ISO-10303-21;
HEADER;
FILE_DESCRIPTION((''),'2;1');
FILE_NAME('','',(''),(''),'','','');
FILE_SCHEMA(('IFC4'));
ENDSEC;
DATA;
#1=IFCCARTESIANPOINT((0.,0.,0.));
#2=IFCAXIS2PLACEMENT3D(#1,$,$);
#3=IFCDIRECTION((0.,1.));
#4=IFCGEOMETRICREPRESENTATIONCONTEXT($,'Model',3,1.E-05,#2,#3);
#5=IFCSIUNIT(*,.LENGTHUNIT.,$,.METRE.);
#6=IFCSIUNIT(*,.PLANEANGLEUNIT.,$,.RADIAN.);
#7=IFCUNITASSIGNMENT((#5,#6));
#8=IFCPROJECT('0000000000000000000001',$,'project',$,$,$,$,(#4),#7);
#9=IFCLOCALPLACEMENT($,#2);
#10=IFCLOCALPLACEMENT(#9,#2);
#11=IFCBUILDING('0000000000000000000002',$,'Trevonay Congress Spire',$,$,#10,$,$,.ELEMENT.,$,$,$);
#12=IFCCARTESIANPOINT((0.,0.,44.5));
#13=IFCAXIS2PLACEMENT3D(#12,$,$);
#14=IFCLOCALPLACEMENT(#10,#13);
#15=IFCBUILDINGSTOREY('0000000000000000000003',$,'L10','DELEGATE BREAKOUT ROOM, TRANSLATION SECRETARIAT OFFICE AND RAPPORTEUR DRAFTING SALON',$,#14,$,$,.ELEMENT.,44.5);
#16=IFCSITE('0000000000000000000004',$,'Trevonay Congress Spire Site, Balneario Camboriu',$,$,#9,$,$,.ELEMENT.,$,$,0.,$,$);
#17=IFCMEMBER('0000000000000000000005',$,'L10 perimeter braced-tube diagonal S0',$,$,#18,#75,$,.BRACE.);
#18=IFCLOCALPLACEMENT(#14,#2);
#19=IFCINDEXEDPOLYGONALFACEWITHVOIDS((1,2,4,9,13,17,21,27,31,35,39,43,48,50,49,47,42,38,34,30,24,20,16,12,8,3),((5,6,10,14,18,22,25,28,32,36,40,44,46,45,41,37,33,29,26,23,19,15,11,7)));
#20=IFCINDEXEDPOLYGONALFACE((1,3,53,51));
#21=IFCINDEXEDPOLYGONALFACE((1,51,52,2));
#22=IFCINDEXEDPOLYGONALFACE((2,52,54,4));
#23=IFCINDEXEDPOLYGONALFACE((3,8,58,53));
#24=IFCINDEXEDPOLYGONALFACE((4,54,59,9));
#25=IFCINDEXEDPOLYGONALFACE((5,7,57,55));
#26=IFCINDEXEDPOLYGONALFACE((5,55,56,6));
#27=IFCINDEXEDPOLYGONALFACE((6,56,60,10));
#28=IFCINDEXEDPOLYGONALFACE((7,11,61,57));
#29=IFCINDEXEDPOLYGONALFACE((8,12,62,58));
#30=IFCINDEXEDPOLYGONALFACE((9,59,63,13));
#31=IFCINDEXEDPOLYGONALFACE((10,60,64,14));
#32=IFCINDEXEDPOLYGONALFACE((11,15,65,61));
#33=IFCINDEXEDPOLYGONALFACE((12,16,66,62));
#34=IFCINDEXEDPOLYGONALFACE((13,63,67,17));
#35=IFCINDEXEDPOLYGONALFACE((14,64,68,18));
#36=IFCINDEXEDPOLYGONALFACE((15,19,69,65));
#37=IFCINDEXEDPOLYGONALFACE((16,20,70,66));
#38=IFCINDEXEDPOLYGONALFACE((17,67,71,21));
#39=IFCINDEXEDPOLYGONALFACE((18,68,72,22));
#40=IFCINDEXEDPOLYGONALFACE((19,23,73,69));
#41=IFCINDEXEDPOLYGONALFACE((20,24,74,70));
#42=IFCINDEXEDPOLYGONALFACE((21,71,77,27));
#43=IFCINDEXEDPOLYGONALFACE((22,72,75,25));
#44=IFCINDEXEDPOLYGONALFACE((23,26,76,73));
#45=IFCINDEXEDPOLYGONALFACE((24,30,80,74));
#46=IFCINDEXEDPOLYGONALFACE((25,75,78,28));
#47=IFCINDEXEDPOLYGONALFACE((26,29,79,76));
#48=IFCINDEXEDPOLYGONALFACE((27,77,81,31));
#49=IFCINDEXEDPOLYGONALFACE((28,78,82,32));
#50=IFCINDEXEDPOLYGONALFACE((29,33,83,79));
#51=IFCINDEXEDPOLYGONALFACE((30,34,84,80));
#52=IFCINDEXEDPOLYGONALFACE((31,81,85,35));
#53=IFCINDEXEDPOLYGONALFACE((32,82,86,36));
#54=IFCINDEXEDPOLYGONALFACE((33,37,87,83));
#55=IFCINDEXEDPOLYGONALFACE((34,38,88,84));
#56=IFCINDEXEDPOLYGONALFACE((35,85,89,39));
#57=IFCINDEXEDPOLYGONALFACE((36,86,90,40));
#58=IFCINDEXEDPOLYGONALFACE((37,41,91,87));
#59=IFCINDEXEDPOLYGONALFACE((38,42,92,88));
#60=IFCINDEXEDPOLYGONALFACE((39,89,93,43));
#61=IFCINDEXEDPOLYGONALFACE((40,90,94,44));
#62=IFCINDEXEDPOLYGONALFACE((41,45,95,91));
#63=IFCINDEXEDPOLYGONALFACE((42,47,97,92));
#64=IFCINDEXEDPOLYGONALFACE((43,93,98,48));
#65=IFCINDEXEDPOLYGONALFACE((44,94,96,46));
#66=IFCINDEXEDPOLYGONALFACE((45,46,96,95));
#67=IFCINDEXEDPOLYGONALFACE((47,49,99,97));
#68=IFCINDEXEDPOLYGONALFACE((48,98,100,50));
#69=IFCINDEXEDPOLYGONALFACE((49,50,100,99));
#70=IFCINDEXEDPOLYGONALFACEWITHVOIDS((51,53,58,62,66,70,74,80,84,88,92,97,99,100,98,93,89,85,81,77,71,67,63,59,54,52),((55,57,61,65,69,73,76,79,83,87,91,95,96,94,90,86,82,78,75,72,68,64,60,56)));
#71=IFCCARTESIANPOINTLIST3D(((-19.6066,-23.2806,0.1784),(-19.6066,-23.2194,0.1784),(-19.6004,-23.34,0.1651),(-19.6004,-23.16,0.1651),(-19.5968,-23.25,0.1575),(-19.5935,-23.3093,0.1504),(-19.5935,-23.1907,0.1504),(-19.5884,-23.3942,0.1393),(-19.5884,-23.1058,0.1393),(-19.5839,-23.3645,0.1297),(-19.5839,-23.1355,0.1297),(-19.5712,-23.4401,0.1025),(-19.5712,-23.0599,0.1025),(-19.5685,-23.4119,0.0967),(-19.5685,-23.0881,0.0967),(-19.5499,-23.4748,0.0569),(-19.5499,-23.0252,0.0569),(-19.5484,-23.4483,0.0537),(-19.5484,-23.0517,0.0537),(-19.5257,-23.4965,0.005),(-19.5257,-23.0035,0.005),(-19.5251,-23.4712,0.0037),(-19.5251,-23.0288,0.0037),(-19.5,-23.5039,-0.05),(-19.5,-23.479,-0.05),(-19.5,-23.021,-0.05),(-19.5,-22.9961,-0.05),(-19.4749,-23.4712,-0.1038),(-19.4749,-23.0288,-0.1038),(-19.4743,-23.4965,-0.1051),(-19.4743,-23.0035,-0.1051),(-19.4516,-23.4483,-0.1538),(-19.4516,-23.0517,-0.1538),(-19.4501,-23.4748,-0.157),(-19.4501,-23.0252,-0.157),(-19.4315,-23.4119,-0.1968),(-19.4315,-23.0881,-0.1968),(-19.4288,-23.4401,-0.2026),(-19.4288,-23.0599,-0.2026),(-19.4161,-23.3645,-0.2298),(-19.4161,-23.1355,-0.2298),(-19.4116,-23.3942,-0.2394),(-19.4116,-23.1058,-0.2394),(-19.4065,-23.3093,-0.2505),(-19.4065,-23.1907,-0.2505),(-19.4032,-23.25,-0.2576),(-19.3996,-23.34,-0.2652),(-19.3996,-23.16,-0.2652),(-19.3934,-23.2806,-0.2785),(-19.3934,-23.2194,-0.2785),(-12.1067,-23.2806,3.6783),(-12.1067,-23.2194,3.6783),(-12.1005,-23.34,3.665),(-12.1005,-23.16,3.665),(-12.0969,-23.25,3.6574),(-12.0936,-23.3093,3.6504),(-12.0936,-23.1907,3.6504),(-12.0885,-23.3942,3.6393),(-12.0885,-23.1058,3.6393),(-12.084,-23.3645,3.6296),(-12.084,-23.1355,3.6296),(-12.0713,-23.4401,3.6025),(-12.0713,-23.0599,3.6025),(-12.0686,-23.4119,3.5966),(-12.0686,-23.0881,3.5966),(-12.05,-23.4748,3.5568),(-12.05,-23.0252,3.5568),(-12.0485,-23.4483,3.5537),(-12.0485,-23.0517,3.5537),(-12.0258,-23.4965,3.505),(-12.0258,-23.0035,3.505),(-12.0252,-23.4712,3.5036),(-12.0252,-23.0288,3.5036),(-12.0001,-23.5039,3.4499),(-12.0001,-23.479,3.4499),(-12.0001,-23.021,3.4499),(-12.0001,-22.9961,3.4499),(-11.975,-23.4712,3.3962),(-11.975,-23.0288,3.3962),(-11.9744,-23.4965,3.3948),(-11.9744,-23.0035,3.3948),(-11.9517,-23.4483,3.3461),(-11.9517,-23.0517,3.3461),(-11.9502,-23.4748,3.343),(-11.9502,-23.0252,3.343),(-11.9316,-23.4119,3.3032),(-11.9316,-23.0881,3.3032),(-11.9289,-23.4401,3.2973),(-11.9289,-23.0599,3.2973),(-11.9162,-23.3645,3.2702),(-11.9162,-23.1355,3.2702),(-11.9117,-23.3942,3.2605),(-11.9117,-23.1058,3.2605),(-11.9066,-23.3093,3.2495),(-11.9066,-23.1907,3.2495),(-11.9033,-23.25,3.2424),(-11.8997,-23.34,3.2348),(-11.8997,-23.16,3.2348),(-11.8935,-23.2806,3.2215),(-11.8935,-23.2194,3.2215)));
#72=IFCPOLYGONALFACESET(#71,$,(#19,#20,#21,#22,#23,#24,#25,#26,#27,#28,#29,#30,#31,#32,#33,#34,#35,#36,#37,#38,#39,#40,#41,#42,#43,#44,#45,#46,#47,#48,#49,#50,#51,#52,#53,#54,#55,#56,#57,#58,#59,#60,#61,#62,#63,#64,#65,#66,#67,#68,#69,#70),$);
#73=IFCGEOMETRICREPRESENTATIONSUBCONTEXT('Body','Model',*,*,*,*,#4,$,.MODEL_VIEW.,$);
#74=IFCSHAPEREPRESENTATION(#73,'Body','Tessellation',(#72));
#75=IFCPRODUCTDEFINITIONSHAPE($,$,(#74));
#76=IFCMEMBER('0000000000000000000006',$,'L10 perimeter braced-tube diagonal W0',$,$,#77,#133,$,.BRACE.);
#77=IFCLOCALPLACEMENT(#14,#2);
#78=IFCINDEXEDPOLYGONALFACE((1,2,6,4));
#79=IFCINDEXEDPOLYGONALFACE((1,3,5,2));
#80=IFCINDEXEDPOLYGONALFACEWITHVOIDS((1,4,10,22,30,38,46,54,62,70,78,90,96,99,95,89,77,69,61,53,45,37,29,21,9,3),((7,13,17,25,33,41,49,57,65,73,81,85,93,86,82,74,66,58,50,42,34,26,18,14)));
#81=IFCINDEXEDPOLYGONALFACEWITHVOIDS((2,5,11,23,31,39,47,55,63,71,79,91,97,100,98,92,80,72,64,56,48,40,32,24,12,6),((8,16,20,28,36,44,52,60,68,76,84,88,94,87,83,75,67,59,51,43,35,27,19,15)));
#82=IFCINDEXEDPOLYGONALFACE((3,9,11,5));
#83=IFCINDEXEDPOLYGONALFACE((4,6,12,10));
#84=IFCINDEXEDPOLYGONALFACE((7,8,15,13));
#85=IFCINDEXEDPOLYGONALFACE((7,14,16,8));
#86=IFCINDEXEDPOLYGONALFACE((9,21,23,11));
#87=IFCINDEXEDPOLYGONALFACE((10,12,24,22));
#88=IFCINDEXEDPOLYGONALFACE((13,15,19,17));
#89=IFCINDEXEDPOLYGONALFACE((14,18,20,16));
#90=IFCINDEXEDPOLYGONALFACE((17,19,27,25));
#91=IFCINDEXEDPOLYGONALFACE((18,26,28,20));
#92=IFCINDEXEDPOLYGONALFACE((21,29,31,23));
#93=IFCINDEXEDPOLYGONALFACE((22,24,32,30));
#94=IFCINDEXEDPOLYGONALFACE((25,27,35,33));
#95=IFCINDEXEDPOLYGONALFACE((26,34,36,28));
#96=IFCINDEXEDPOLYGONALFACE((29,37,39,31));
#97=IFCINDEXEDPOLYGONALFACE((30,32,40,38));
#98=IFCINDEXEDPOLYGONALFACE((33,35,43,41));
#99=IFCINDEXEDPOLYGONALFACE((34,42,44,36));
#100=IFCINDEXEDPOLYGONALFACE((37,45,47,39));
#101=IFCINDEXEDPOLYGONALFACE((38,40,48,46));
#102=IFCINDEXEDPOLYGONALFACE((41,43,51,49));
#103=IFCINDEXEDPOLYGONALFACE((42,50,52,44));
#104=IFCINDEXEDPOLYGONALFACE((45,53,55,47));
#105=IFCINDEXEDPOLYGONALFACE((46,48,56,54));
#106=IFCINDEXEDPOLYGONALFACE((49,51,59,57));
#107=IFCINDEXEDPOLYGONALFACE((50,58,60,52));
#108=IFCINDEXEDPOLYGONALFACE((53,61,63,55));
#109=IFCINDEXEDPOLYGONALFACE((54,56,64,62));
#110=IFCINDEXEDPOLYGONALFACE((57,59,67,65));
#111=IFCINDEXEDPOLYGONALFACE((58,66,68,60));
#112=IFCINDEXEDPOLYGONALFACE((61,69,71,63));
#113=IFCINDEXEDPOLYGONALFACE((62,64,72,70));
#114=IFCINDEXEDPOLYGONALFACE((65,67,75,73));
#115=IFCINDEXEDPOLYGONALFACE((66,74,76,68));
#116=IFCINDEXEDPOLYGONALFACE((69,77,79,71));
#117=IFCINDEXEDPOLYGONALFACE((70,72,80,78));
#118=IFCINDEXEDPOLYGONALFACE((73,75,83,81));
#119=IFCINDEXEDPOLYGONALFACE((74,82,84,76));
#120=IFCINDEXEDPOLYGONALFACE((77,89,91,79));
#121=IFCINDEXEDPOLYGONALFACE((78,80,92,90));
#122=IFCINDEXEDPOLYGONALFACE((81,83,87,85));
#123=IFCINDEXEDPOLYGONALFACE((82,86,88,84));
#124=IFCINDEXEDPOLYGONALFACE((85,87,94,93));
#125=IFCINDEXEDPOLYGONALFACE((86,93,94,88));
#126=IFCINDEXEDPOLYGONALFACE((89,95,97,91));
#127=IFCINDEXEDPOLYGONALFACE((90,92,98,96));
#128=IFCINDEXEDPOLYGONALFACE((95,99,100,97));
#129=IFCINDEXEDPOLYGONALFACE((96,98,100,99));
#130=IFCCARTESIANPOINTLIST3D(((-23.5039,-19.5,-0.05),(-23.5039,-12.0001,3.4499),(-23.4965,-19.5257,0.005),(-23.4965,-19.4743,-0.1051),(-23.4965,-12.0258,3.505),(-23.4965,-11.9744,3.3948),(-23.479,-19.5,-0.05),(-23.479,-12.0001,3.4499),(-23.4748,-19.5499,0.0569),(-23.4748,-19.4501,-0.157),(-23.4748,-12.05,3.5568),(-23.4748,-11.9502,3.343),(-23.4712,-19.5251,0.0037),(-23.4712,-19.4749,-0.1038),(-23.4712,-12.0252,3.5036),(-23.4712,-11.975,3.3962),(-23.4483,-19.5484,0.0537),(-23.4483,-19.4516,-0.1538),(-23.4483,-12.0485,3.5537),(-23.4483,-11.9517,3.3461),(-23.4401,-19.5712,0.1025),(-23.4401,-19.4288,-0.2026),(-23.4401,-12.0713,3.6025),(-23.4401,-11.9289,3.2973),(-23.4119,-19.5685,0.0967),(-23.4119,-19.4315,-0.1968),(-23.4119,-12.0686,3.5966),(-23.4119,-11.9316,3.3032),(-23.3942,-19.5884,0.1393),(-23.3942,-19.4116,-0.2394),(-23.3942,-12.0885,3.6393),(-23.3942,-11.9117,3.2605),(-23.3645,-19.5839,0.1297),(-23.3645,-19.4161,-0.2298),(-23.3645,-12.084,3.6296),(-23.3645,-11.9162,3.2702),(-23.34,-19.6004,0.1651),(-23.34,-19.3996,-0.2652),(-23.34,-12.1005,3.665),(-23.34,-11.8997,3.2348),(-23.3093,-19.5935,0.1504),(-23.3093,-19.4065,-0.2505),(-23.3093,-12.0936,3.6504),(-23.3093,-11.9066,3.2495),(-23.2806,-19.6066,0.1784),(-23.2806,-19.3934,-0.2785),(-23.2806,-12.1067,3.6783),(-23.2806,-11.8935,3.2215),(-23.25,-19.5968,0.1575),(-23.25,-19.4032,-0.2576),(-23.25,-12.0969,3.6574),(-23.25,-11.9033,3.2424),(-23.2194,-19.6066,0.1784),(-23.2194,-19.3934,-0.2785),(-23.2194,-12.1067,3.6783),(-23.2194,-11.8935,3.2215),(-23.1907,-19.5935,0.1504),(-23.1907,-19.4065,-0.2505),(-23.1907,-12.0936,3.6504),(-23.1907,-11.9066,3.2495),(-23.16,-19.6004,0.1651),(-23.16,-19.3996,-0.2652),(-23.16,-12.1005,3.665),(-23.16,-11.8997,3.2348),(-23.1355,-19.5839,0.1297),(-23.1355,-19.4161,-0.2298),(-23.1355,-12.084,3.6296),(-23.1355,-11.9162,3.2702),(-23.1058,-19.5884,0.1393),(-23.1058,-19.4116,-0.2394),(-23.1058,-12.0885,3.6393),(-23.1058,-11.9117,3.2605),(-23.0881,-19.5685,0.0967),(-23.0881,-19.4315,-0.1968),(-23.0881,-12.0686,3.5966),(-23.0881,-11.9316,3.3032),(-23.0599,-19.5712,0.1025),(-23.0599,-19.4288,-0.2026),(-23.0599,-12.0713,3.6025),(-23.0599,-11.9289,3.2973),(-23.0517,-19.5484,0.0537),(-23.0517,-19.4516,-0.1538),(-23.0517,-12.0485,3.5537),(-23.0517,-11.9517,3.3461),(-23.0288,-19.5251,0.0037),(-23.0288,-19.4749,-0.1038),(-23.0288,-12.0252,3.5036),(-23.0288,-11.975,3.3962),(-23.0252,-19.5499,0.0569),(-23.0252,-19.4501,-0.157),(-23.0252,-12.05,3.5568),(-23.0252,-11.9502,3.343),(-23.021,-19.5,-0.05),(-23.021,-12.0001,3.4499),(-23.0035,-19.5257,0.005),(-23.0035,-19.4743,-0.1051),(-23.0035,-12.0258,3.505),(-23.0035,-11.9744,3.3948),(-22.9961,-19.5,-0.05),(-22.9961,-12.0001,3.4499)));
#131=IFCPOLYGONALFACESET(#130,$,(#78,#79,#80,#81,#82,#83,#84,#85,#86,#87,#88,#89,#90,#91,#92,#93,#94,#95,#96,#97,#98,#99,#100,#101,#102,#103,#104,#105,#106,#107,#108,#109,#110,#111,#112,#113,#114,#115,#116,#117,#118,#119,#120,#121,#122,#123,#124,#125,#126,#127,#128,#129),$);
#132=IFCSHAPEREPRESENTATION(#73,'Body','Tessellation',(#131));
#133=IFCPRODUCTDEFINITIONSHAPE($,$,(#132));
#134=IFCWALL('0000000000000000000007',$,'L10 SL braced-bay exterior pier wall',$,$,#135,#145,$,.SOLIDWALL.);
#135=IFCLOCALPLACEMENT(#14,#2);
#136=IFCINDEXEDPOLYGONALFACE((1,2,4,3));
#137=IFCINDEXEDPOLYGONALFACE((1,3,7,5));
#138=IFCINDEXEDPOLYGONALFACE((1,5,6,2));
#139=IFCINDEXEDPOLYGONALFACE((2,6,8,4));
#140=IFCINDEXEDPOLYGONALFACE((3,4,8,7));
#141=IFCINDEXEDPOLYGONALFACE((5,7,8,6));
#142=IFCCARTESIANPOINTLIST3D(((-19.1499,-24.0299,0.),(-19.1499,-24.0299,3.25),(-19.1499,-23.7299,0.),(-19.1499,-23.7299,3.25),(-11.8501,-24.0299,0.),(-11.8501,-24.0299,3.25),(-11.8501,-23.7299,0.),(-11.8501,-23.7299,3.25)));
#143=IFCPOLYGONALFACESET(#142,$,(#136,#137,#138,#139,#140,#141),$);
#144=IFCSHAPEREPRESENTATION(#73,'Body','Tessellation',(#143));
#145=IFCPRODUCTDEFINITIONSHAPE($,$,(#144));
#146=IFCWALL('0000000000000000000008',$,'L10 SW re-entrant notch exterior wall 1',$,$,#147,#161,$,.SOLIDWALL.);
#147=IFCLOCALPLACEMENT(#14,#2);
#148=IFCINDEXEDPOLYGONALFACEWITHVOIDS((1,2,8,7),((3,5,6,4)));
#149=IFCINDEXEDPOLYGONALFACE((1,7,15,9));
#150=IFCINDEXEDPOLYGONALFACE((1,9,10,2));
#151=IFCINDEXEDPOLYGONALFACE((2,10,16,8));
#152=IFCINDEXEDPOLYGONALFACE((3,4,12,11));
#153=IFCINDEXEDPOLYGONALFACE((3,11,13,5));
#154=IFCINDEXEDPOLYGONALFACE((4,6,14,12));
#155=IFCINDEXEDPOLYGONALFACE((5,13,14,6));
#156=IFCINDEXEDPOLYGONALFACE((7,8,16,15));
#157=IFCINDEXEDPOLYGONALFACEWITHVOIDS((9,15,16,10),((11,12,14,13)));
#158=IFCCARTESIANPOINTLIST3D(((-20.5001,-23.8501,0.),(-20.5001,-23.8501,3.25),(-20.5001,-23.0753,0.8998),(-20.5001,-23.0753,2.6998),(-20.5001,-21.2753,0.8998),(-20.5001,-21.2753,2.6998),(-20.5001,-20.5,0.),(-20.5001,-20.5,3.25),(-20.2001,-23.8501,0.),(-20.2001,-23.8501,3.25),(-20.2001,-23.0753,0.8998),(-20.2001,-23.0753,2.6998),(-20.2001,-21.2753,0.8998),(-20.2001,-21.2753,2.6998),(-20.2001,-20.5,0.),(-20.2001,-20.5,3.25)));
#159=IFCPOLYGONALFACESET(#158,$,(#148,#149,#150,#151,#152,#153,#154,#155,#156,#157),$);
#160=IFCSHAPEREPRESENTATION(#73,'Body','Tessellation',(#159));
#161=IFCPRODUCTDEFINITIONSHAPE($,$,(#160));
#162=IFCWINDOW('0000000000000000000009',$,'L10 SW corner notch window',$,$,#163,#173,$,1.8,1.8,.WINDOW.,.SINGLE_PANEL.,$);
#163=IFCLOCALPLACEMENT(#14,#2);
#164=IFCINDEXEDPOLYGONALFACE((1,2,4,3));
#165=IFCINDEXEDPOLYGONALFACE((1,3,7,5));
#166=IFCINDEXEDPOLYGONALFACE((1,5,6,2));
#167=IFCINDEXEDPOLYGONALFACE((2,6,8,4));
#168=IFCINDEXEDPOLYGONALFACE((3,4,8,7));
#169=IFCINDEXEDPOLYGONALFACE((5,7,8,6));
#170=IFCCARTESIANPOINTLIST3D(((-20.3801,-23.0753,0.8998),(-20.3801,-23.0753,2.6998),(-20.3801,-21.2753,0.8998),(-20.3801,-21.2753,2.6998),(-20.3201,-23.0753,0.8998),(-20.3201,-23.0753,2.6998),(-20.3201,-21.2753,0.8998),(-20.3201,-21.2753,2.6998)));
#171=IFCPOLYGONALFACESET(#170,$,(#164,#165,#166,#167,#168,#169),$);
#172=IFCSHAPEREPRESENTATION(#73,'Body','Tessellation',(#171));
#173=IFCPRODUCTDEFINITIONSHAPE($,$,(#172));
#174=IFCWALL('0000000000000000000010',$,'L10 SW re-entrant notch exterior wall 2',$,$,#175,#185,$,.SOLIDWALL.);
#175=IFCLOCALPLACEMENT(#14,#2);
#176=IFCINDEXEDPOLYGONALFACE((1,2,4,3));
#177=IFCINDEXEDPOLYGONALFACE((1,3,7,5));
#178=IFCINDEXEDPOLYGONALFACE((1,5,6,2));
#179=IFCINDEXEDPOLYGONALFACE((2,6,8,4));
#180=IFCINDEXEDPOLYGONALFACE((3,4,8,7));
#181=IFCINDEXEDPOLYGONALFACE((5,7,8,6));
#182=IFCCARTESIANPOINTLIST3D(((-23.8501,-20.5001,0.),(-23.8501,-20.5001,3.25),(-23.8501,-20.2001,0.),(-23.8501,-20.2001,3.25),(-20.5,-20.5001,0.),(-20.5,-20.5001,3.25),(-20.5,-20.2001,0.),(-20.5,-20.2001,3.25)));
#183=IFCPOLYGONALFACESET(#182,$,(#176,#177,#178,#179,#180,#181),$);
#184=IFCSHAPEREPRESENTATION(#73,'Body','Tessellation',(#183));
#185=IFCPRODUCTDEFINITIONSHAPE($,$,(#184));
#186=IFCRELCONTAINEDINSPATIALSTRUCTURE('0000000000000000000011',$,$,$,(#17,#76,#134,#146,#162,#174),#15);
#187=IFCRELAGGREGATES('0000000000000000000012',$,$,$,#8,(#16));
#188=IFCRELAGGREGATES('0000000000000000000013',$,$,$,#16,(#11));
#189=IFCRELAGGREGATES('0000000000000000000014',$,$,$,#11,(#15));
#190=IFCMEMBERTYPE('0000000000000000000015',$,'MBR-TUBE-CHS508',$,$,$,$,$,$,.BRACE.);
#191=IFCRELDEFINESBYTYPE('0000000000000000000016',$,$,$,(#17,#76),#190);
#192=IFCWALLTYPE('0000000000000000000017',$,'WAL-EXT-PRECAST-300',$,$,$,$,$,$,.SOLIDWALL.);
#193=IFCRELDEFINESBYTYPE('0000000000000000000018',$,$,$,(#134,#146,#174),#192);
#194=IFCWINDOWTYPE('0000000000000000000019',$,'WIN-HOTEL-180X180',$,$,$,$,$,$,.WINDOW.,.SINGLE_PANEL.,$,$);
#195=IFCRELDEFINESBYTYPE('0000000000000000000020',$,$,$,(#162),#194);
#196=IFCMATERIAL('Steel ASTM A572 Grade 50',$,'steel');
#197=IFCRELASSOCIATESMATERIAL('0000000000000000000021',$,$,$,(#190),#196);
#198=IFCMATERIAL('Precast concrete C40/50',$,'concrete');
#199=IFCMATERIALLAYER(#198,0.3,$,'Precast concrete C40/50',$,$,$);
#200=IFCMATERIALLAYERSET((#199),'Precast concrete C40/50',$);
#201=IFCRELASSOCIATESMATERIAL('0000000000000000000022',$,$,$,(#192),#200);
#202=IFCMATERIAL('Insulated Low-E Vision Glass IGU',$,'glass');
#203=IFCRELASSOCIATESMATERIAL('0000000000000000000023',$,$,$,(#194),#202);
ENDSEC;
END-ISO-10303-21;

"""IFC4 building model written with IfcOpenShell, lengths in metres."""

from ifc_helpers import new_model, si_unit, direction, frame, frame_2d, origin, origin_2d, place, context, subcontext, project, spatial, rectangle, hollow_circle, extrude, material, layer, layer_set, material_profile, profile_set, type_object, element, fill, save


model = new_model("IFC4")

# Units and contexts
model_context = context("Model", 3, precision=1e-05, world=origin(), true_north=direction((0.0, 1.0)))
body_context = subcontext(model_context, "Body", "Model", "MODEL_VIEW")
ifc_project = project(units=[si_unit("LENGTHUNIT", "METRE"), si_unit("PLANEANGLEUNIT", "RADIAN")], contexts=[model_context])

# Site, building, storey
site_placement = place(None, origin())
site = spatial("IfcSite", under=ifc_project, at=site_placement, Name="Trevonay Congress Spire Site, Balneario Camboriu", CompositionType="ELEMENT", RefElevation=0.0)
building_placement = place(site_placement, origin())
building = spatial("IfcBuilding", under=site, at=building_placement, Name="Trevonay Congress Spire", CompositionType="ELEMENT")
storey_placement = place(building_placement, frame((0.0, 0.0, 44.5)))
storey = spatial("IfcBuildingStorey", under=building, at=storey_placement, Name="L10", Description="DELEGATE BREAKOUT ROOM, TRANSLATION SECRETARIAT OFFICE AND RAPPORTEUR DRAFTING SALON", CompositionType="ELEMENT", Elevation=44.5)

# Shared definitions
ifc_material_1 = material(Name="Steel ASTM A572 Grade 50", Category="steel")

# Members
ifc_material_profile_1 = material_profile(ifc_material_1, hollow_circle(Radius=0.2539, WallThickness=0.0249, at=origin_2d()), Name="CHS 508x25")
ifc_profile_set_1 = profile_set([ifc_material_profile_1], Name="Steel ASTM A572 Grade 50")
member_type_1 = type_object("IfcMemberType", Name="MBR-TUBE-CHS508", PredefinedType="BRACE", material=ifc_profile_set_1)
for number, where, z_axis, x_axis, name in (
    (1, (-19.5, -23.25, -0.05), (0.906183, 0.0, 0.422885), (0.0, 1.0, 0.0), "L10 perimeter braced-tube diagonal S0"),
    (2, (-23.25, -19.5, -0.05), (0.0, 0.906183, 0.422885), (-1.0, 0.0, 0.0), "L10 perimeter braced-tube diagonal W0"),
):
    element("IfcMember", number, at=place(storey_placement, frame(where, z_axis=z_axis, x_axis=x_axis)), inside=storey, type_object=member_type_1, Name=name, PredefinedType="BRACE", context=body_context, shape_type="SweptSolid", body=[
        extrude(hollow_circle(Radius=0.2539, WallThickness=0.0249, at=origin_2d()), origin(), (0.0, 0.0, 1.0), 8.2764),
    ])

# Wall
ifc_material_2 = material(Name="Precast concrete C40/50", Category="concrete")
ifc_layer_1 = layer(ifc_material_2, 0.3, Name="Precast concrete C40/50")
ifc_layer_set_1 = layer_set([ifc_layer_1], Name="Precast concrete C40/50")
wall_type_1 = type_object("IfcWallType", Name="WAL-EXT-PRECAST-300", PredefinedType="SOLIDWALL", material=ifc_layer_set_1)
wall_1_placement = place(storey_placement, frame((-19.1499, -23.8799, 0.0), z_axis=(0.0, 0.0, 1.0), x_axis=(1.0, 0.0, 0.0)))
element("IfcWall", 3, at=wall_1_placement, inside=storey, type_object=wall_type_1, Name="L10 SL braced-bay exterior pier wall", PredefinedType="SOLIDWALL", context=body_context, shape_type="SweptSolid", body=[
    extrude(rectangle(XDim=7.2998, YDim=0.3, at=frame_2d((3.6499, 0.0))), origin(), (0.0, 0.0, 1.0), 3.25),
])

# Wall, opening, window
wall_2_placement = place(storey_placement, frame((-20.3501, -23.8501, 0.0), z_axis=(0.0, 0.0, 1.0), x_axis=(0.0, 1.0, 0.0)))
wall_2 = element("IfcWall", 4, at=wall_2_placement, inside=storey, type_object=wall_type_1, Name="L10 SW re-entrant notch exterior wall 1", PredefinedType="SOLIDWALL", context=body_context, shape_type="SweptSolid", body=[
    extrude(rectangle(XDim=3.3501, YDim=0.3, at=frame_2d((1.675, 0.0))), origin(), (0.0, 0.0, 1.0), 3.25),
])
opening_placement = place(wall_2_placement, frame((0.7749, 0.0, 0.8999)))
opening = element("IfcOpeningElement", 5, at=opening_placement, cuts=wall_2, PredefinedType="OPENING", context=body_context, shape_type="SweptSolid", body=[
    extrude(rectangle(XDim=1.8, YDim=1.8, at=frame_2d((0.8999, 0.8999))), frame((0.0, 0.1602, 0.0), z_axis=(0.0, -1.0, 0.0), x_axis=(1.0, 0.0, 0.0)), (0.0, 0.0, 1.0), 0.3201),
])
ifc_material_3 = material(Name="Insulated Low-E Vision Glass IGU", Category="glass")
window_type = type_object("IfcWindowType", Name="WIN-HOTEL-180X180", PartitioningType="SINGLE_PANEL", PredefinedType="WINDOW", material=ifc_material_3)
window_placement = place(opening_placement, origin())
window = element("IfcWindow", 6, at=window_placement, inside=storey, type_object=window_type, Name="L10 SW corner notch window", OverallHeight=1.8, OverallWidth=1.8, PartitioningType="SINGLE_PANEL", PredefinedType="WINDOW", context=body_context, shape_type="SweptSolid", body=[
    extrude(rectangle(XDim=1.8, YDim=1.8, at=frame_2d((0.8999, 0.8999))), frame((0.0, 0.03, 0.0), z_axis=(0.0, -1.0, 0.0), x_axis=(1.0, 0.0, 0.0)), (0.0, 0.0, 1.0), 0.0601),
])
fill(opening, window)

# Wall
wall_3_placement = place(storey_placement, frame((-23.8501, -20.3501, 0.0), z_axis=(0.0, 0.0, 1.0), x_axis=(1.0, 0.0, 0.0)))
element("IfcWall", 7, at=wall_3_placement, inside=storey, type_object=wall_type_1, Name="L10 SW re-entrant notch exterior wall 2", PredefinedType="SOLIDWALL", context=body_context, shape_type="SweptSolid", body=[
    extrude(rectangle(XDim=3.3501, YDim=0.3, at=frame_2d((1.675, 0.0))), origin(), (0.0, 0.0, 1.0), 3.25),
])

save(model, "model.ifc")
